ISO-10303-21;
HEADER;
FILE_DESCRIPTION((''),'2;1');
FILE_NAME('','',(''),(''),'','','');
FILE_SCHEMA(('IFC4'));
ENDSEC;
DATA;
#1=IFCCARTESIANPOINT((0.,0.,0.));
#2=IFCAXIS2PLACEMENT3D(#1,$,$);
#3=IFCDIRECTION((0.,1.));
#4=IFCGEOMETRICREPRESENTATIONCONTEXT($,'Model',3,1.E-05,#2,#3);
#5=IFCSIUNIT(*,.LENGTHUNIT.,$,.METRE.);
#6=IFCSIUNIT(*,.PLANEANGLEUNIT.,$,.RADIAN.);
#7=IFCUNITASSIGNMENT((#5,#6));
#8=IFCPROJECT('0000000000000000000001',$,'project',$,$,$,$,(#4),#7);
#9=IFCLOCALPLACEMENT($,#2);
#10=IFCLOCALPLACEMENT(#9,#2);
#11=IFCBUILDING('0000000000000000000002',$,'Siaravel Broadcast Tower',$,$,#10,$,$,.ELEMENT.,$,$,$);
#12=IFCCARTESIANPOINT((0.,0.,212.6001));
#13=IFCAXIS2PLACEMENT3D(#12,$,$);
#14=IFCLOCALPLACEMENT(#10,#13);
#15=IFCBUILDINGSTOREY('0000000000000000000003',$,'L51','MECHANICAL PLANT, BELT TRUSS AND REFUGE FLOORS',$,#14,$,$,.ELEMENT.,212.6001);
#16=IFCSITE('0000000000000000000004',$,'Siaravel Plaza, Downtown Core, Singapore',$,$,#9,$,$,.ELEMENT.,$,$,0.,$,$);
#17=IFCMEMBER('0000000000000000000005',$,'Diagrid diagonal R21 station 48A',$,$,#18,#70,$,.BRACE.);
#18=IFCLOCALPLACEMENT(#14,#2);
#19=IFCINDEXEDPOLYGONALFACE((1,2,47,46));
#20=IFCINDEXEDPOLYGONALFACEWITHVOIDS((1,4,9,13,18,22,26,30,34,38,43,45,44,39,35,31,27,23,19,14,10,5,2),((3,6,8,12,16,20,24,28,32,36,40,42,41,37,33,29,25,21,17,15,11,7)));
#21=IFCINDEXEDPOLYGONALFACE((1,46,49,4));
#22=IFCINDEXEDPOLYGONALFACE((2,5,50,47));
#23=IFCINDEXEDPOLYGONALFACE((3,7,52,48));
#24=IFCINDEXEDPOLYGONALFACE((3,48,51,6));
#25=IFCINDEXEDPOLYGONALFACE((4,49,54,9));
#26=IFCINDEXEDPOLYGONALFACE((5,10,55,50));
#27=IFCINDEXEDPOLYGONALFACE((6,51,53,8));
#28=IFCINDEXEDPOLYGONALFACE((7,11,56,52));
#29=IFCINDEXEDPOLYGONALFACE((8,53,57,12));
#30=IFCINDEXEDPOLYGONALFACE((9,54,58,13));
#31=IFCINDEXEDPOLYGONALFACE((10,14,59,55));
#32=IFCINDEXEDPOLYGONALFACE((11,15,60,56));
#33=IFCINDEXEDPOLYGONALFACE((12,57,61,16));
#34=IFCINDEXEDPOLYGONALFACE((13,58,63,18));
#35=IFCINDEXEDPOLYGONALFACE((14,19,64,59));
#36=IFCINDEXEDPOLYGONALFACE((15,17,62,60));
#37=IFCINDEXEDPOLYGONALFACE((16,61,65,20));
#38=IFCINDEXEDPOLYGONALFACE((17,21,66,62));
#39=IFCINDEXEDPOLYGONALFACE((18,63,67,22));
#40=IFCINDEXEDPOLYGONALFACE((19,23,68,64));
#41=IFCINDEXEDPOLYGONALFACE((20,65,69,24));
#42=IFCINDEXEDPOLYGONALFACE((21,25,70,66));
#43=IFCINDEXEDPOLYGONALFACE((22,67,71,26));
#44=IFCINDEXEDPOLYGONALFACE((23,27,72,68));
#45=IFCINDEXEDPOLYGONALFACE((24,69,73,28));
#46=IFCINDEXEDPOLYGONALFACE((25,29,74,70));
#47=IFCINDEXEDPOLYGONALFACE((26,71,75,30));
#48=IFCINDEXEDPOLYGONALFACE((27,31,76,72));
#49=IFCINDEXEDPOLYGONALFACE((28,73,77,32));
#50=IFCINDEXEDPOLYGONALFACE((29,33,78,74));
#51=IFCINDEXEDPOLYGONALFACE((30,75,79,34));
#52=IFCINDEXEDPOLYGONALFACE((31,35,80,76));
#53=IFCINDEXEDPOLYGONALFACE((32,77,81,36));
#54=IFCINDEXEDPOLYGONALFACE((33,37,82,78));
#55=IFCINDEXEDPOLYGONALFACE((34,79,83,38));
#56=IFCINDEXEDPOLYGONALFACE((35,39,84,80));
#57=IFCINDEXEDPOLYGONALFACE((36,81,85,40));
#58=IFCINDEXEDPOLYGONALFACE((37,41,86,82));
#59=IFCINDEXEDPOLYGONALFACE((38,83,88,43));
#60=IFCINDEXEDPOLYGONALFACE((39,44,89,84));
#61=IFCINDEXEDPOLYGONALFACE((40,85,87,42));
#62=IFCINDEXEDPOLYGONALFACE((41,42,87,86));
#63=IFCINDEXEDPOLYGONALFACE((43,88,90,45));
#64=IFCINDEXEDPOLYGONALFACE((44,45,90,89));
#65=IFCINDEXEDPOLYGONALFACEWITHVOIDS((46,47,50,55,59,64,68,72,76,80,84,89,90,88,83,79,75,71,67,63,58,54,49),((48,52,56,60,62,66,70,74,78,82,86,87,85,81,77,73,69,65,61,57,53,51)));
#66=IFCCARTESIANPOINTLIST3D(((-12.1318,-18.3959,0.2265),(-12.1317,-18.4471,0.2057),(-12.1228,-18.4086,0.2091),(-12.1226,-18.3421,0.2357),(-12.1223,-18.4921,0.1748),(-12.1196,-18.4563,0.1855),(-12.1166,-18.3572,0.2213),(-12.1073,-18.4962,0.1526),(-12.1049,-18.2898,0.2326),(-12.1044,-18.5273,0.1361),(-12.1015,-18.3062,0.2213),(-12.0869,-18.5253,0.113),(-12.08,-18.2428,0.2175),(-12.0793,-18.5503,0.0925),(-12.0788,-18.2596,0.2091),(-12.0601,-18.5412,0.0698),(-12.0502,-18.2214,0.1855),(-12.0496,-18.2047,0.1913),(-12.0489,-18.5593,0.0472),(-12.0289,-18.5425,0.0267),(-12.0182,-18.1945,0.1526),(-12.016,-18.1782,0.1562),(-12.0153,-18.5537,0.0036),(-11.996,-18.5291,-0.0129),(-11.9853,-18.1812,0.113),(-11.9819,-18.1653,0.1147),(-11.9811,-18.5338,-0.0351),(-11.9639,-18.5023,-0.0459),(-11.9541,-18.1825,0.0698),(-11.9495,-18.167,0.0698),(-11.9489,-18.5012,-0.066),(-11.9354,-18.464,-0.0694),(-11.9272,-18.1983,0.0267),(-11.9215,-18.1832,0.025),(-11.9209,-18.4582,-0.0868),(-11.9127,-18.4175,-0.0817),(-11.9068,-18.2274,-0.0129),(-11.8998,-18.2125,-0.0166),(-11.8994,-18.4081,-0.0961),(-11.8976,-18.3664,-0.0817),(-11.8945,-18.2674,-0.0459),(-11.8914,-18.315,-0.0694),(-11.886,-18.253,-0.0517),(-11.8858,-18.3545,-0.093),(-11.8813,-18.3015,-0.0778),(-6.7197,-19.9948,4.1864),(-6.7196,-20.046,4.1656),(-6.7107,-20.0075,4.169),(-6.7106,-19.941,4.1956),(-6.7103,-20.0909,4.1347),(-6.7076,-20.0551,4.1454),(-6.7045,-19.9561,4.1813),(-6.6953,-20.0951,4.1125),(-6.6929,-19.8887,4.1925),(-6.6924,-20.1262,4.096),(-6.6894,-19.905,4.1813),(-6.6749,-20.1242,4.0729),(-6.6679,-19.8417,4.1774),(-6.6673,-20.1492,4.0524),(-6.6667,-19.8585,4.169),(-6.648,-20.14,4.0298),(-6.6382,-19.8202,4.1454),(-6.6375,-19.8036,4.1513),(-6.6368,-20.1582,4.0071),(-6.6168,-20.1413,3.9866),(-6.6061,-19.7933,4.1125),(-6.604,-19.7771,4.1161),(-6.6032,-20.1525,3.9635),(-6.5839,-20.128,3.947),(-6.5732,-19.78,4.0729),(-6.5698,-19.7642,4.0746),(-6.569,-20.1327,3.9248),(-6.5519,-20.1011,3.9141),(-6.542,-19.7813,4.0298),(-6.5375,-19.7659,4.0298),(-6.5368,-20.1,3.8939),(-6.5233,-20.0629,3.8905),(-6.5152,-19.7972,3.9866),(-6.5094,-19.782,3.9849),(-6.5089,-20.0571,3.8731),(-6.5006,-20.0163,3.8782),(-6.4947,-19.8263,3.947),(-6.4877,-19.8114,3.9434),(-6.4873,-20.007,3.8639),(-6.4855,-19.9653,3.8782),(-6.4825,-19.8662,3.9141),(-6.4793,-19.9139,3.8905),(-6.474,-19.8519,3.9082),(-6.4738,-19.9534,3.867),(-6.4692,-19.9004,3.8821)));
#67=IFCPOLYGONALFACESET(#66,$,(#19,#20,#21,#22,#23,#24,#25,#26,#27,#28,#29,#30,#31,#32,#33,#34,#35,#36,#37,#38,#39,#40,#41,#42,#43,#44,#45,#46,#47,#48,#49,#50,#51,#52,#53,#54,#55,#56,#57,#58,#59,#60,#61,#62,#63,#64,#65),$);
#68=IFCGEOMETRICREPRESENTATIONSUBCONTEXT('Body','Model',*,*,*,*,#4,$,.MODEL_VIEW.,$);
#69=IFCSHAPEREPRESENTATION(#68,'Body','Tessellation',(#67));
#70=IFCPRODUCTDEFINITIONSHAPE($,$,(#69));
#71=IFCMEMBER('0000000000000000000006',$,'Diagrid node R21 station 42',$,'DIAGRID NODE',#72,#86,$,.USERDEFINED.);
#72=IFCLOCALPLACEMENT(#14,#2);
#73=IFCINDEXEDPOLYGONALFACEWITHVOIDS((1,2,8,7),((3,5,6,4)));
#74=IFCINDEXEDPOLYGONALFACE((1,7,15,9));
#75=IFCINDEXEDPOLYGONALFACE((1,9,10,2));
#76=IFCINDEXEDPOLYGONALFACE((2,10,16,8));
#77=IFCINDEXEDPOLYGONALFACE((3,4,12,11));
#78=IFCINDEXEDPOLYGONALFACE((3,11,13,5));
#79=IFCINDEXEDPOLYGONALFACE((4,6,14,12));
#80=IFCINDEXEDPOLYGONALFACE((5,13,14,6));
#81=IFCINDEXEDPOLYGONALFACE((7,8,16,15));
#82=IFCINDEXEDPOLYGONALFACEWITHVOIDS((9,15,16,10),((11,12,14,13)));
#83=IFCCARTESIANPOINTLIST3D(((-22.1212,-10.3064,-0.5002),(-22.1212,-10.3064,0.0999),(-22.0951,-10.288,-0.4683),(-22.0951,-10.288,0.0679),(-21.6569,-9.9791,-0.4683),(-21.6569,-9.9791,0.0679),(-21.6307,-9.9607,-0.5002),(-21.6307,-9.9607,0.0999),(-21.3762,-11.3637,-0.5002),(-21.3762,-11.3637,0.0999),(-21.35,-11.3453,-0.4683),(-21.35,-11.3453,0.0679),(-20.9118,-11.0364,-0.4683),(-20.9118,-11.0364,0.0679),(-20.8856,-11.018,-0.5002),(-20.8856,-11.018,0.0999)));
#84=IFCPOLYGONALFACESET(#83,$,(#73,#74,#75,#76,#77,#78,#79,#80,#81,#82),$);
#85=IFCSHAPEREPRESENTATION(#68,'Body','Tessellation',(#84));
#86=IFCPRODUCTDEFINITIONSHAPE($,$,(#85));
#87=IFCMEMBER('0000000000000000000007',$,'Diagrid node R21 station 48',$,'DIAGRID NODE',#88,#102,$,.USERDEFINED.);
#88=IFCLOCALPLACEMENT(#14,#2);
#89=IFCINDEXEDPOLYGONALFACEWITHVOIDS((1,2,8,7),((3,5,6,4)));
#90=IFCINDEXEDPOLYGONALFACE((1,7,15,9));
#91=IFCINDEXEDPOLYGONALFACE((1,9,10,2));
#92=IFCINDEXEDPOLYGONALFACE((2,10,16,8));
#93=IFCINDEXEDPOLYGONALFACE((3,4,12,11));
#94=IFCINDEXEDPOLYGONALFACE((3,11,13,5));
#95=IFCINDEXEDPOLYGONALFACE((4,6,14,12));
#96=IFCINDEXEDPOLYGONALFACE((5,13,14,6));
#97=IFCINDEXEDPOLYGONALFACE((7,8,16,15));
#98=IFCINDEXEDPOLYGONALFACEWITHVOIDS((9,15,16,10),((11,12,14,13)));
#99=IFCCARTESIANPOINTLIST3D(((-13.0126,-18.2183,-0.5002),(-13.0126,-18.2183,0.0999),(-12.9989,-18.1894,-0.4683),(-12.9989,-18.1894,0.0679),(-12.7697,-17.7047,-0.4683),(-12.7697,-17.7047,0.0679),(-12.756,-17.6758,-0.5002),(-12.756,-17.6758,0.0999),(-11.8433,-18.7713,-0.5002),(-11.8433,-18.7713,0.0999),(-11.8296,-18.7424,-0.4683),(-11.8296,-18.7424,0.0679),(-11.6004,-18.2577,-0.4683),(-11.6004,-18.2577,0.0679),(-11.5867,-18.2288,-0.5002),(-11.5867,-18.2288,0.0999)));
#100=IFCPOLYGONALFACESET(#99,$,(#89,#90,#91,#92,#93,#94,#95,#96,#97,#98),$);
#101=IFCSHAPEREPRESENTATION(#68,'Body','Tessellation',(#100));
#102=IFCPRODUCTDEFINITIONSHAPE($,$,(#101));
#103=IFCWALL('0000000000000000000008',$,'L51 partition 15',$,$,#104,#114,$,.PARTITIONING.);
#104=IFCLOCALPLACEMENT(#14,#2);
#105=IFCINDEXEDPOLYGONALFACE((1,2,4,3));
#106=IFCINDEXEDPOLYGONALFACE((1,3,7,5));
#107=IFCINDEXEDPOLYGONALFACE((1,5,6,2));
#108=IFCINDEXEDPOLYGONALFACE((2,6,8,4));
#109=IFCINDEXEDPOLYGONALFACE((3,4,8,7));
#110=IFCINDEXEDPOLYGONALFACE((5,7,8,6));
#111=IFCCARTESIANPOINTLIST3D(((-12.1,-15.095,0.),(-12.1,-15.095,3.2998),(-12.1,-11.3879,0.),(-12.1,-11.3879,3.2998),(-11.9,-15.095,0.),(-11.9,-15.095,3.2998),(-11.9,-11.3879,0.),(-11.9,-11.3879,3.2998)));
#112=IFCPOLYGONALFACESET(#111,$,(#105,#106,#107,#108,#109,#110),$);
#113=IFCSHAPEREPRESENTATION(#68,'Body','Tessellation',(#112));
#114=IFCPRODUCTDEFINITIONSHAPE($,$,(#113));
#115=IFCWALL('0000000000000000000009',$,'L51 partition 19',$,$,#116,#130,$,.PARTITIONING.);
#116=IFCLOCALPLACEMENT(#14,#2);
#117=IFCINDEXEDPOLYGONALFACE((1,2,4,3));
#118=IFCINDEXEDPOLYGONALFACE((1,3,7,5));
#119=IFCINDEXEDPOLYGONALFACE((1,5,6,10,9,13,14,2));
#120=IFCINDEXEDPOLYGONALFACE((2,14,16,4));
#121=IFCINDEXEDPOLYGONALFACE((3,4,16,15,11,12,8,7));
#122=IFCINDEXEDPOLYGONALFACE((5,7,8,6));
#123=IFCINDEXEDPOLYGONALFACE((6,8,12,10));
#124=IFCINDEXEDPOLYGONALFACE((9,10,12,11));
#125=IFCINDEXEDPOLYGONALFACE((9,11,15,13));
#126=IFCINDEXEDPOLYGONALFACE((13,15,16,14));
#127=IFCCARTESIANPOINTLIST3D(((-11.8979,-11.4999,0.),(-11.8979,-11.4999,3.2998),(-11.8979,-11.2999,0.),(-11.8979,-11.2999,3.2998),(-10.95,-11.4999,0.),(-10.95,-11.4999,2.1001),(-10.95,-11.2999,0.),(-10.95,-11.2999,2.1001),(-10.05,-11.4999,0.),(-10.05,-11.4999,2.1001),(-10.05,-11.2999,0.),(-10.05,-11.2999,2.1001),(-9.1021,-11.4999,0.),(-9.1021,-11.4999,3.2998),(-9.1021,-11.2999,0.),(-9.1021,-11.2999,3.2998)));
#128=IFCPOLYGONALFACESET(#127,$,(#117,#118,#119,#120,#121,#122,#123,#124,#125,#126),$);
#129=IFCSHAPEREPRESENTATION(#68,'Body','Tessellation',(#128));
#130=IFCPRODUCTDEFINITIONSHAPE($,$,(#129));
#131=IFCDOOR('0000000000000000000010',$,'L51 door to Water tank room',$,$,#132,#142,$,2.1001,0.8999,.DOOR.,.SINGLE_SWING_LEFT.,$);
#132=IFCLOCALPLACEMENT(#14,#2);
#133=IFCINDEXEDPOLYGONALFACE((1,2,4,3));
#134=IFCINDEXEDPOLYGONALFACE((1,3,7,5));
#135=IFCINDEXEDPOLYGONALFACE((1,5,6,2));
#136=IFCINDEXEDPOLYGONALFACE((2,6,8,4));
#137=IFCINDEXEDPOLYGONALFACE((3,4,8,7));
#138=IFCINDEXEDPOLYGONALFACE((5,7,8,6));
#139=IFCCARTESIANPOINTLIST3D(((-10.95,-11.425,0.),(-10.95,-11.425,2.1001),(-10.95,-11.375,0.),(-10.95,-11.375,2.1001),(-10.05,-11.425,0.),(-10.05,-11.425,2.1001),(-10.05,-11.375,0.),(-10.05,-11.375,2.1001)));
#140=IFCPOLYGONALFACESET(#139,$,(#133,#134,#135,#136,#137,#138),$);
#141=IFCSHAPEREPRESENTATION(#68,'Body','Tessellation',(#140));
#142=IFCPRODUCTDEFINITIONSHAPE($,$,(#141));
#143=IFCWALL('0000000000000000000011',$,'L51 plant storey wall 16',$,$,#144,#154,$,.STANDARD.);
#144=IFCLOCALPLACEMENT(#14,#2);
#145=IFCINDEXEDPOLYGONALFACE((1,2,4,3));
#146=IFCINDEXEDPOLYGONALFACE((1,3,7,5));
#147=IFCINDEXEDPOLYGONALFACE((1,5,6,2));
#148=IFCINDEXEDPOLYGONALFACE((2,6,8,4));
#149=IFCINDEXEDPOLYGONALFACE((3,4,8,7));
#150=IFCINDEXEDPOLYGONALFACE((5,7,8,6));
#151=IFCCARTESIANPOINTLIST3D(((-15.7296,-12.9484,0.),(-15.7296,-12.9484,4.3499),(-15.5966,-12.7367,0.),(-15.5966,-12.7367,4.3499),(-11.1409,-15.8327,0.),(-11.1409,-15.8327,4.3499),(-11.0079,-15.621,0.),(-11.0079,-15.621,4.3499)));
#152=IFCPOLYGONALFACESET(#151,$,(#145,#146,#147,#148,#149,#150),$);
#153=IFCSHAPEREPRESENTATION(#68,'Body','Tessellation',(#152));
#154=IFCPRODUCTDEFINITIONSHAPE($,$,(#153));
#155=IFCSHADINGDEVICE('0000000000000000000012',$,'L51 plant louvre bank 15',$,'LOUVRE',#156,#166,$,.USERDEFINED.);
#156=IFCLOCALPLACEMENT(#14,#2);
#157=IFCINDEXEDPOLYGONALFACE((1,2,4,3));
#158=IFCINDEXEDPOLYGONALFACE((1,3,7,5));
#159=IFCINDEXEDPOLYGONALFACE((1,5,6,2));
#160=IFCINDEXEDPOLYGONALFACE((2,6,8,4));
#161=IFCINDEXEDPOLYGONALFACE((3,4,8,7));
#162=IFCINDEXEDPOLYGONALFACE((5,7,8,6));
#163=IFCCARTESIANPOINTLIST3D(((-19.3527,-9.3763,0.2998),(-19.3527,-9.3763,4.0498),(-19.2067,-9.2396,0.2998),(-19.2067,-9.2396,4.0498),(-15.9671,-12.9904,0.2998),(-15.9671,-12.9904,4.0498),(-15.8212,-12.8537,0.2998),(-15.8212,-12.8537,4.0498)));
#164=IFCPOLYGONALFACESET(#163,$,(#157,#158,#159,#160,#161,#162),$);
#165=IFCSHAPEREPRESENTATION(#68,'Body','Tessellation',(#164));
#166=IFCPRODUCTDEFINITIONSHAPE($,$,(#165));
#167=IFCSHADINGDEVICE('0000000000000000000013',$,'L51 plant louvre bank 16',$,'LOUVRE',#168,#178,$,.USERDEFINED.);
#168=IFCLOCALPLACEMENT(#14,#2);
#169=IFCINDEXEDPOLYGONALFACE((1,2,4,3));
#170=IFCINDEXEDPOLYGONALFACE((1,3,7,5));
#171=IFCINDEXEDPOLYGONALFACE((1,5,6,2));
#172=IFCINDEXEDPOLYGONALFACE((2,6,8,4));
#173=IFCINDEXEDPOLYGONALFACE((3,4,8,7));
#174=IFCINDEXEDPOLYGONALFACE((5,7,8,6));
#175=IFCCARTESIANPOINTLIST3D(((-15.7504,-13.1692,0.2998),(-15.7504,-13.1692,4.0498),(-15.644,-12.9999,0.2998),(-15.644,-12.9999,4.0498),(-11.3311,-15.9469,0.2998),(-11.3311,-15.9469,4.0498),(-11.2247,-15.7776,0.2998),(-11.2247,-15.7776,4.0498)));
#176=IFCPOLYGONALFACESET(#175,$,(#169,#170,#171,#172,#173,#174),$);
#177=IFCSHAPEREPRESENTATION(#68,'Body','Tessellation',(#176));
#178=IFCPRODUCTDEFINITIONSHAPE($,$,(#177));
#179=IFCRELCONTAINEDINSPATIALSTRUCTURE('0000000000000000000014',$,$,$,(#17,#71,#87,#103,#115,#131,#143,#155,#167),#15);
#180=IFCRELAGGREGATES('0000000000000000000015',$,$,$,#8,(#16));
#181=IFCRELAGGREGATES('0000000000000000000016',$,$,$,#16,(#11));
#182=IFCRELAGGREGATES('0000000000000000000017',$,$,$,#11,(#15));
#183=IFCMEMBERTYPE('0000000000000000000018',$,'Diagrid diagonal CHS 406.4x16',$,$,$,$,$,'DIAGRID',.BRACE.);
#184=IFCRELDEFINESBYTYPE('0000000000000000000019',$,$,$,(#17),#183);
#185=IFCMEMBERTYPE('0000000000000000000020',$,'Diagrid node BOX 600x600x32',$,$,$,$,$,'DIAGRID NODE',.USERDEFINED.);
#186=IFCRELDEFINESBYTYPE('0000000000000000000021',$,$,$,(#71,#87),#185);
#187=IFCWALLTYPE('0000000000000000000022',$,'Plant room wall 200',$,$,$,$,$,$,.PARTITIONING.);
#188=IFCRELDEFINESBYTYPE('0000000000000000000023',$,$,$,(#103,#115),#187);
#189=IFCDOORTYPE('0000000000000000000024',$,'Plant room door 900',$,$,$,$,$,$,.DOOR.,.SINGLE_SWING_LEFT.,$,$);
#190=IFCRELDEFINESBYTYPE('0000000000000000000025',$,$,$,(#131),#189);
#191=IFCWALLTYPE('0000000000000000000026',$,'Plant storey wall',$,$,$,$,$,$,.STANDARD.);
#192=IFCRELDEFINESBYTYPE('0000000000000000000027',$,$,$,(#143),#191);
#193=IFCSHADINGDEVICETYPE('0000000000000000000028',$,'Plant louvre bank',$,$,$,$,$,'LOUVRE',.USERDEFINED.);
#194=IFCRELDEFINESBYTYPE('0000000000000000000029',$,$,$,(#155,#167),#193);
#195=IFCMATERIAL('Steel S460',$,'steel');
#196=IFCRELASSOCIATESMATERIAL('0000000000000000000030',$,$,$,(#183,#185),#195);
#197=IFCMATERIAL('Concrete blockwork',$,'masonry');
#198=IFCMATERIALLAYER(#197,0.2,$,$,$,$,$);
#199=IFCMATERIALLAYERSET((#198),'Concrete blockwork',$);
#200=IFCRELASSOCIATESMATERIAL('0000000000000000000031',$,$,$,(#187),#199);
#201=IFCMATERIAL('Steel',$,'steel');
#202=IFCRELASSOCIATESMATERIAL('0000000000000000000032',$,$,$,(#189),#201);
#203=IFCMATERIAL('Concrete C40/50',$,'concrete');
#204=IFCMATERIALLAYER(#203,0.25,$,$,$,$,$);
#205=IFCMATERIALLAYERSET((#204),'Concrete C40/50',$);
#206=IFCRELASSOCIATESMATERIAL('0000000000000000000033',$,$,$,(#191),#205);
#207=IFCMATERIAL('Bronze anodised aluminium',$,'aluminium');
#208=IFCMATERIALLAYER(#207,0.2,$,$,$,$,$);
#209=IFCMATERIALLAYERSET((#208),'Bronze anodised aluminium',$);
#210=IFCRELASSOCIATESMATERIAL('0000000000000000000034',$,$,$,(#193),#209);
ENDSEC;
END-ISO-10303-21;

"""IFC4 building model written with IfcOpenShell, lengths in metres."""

from ifc_helpers import new_model, si_unit, direction, frame, frame_2d, origin, origin_2d, place, context, subcontext, project, spatial, rectangle, hollow_rectangle, hollow_circle, extrude, material, layer, layer_set, material_profile, profile_set, type_object, element, fill, save


model = new_model("IFC4")

# Units and contexts
model_context = context("Model", 3, precision=1e-05, world=origin(), true_north=direction((0.0, 1.0)))
body_context = subcontext(model_context, "Body", "Model", "MODEL_VIEW")
ifc_project = project(units=[si_unit("LENGTHUNIT", "METRE"), si_unit("PLANEANGLEUNIT", "RADIAN")], contexts=[model_context])

# Site, building, storey
site_placement = place(None, origin())
site = spatial("IfcSite", under=ifc_project, at=site_placement, Name="Siaravel Plaza, Downtown Core, Singapore", CompositionType="ELEMENT", RefElevation=0.0)
building_placement = place(site_placement, origin())
building = spatial("IfcBuilding", under=site, at=building_placement, Name="Siaravel Broadcast Tower", CompositionType="ELEMENT")
storey_placement = place(building_placement, frame((0.0, 0.0, 212.6001)))
storey = spatial("IfcBuildingStorey", under=building, at=storey_placement, Name="L51", Description="MECHANICAL PLANT, BELT TRUSS AND REFUGE FLOORS", CompositionType="ELEMENT", Elevation=212.6001)

# Shared definitions
ifc_material_1 = material(Name="Steel S460", Category="steel")

# Members
ifc_material_profile_1 = material_profile(ifc_material_1, hollow_circle(Radius=0.2031, WallThickness=0.0161, at=origin_2d()))
ifc_profile_set_1 = profile_set([ifc_material_profile_1], Name="Steel S460")
member_type_1 = type_object("IfcMemberType", Name="Diagrid diagonal CHS 406.4x16", ElementType="DIAGRID", PredefinedType="BRACE", material=ifc_profile_set_1)
member_1_placement = place(storey_placement, frame((-12.0071, -18.3618, 0.0698), z_axis=(0.785035, -0.23192, 0.574398), x_axis=(0.283321, 0.959025, 0.0)))
element("IfcMember", 1, at=member_1_placement, inside=storey, type_object=member_type_1, Name="Diagrid diagonal R21 station 48A", PredefinedType="BRACE", context=body_context, shape_type="SweptSolid", body=[
    extrude(hollow_circle(Radius=0.2031, WallThickness=0.0161, at=origin_2d()), origin(), (0.0, 0.0, 1.0), 6.894),
])
ifc_material_profile_2 = material_profile(ifc_material_1, hollow_rectangle(XDim=0.6001, YDim=0.6001, WallThickness=0.032, at=origin_2d()))
ifc_profile_set_2 = profile_set([ifc_material_profile_2], Name="Steel S460")
member_type_2 = type_object("IfcMemberType", Name="Diagrid node BOX 600x600x32", ElementType="DIAGRID NODE", PredefinedType="USERDEFINED", material=ifc_profile_set_2)
for number, where, z_axis, x_axis, name in (
    (2, (-21.876, -10.1335, -0.2002), (0.576031, -0.817428, 0.0), (0.817428, 0.576031, 0.0), "Diagrid node R21 station 42"),
    (3, (-12.8843, -17.947, -0.2002), (0.903991, -0.427551, 0.0), (0.427551, 0.903991, 0.0), "Diagrid node R21 station 48"),
):
    element("IfcMember", number, at=place(storey_placement, frame(where, z_axis=z_axis, x_axis=x_axis)), inside=storey, type_object=member_type_2, Name=name, ObjectType="DIAGRID NODE", PredefinedType="USERDEFINED", context=body_context, shape_type="SweptSolid", body=[
        extrude(hollow_rectangle(XDim=0.6001, YDim=0.6001, WallThickness=0.032, at=origin_2d()), origin(), (0.0, 0.0, 1.0), 1.2935),
    ])

# Wall
ifc_material_2 = material(Name="Concrete blockwork", Category="masonry")
ifc_layer_1 = layer(ifc_material_2, 0.2)
ifc_layer_set_1 = layer_set([ifc_layer_1], Name="Concrete blockwork")
wall_type_1 = type_object("IfcWallType", Name="Plant room wall 200", PredefinedType="PARTITIONING", material=ifc_layer_set_1)
wall_1_placement = place(storey_placement, frame((-12.0, -11.3879, 0.0), z_axis=(0.0, 0.0, 1.0), x_axis=(0.0, -1.0, 0.0)))
element("IfcWall", 4, at=wall_1_placement, inside=storey, type_object=wall_type_1, Name="L51 partition 15", PredefinedType="PARTITIONING", context=body_context, shape_type="SweptSolid", body=[
    extrude(rectangle(XDim=3.707, YDim=0.2, at=frame_2d((1.8535, 0.0))), origin(), (0.0, 0.0, 1.0), 3.2998),
])

# Wall, opening, door
wall_2_placement = place(storey_placement, frame((-11.8979, -11.3999, 0.0), z_axis=(0.0, 0.0, 1.0), x_axis=(1.0, 0.0, 0.0)))
wall_2 = element("IfcWall", 5, at=wall_2_placement, inside=storey, type_object=wall_type_1, Name="L51 partition 19", PredefinedType="PARTITIONING", context=body_context, shape_type="SweptSolid", body=[
    extrude(rectangle(XDim=2.7959, YDim=0.2, at=frame_2d((1.3979, 0.0))), origin(), (0.0, 0.0, 1.0), 3.2998),
])
opening_placement = place(wall_2_placement, frame((0.948, 0.0, 0.0)))
opening = element("IfcOpeningElement", 6, at=opening_placement, cuts=wall_2, PredefinedType="OPENING", context=body_context, shape_type="SweptSolid", body=[
    extrude(rectangle(XDim=0.8999, YDim=2.1001, at=frame_2d((0.45, 1.05))), frame((0.0, 0.1099, 0.0), z_axis=(0.0, -1.0, 0.0), x_axis=(1.0, 0.0, 0.0)), (0.0, 0.0, 1.0), 0.22),
])
ifc_material_3 = material(Name="Steel", Category="steel")
door_type = type_object("IfcDoorType", Name="Plant room door 900", OperationType="SINGLE_SWING_LEFT", PredefinedType="DOOR", material=ifc_material_3)
door_placement = place(opening_placement, origin())
door = element("IfcDoor", 7, at=door_placement, inside=storey, type_object=door_type, Name="L51 door to Water tank room", OperationType="SINGLE_SWING_LEFT", OverallHeight=2.1001, OverallWidth=0.8999, PredefinedType="DOOR", context=body_context, shape_type="SweptSolid", body=[
    extrude(rectangle(XDim=0.8999, YDim=2.1001, at=frame_2d((0.45, 1.05))), frame((0.0, 0.0249, 0.0), z_axis=(0.0, -1.0, 0.0), x_axis=(1.0, 0.0, 0.0)), (0.0, 0.0, 1.0), 0.05),
])
fill(opening, door)

# Wall
ifc_material_4 = material(Name="Concrete C40/50", Category="concrete")
ifc_layer_2 = layer(ifc_material_4, 0.25)
ifc_layer_set_2 = layer_set([ifc_layer_2], Name="Concrete C40/50")
wall_type_2 = type_object("IfcWallType", Name="Plant storey wall", PredefinedType="STANDARD", material=ifc_layer_set_2)
wall_3_placement = place(storey_placement, frame((-15.6631, -12.8425, 0.0), z_axis=(0.0, 0.0, 1.0), x_axis=(0.846637, -0.532172, 0.0)))
element("IfcWall", 8, at=wall_3_placement, inside=storey, type_object=wall_type_2, Name="L51 plant storey wall 16", PredefinedType="STANDARD", context=body_context, shape_type="SweptSolid", body=[
    extrude(rectangle(XDim=5.4199, YDim=0.25, at=frame_2d((2.71, 0.0))), origin(), (0.0, 0.0, 1.0), 4.3499),
])

# Shading devices
ifc_material_5 = material(Name="Bronze anodised aluminium", Category="aluminium")
ifc_layer_3 = layer(ifc_material_5, 0.2)
ifc_layer_set_3 = layer_set([ifc_layer_3], Name="Bronze anodised aluminium")
shading_device_type = type_object("IfcShadingDeviceType", Name="Plant louvre bank", ElementType="LOUVRE", PredefinedType="USERDEFINED", material=ifc_layer_set_3)
shading_device_1_placement = place(storey_placement, frame((-17.5869, -11.115, 0.2998), z_axis=(0.0, 0.0, 1.0), x_axis=(0.683656, -0.729804, 0.0)))
element("IfcShadingDevice", 9, at=shading_device_1_placement, inside=storey, type_object=shading_device_type, Name="L51 plant louvre bank 15", ObjectType="LOUVRE", PredefinedType="USERDEFINED", context=body_context, shape_type="SweptSolid", body=[
    extrude(rectangle(XDim=4.9521, YDim=0.2, at=origin_2d()), origin(), (0.0, 0.0, 1.0), 3.75),
])
shading_device_2_placement = place(storey_placement, frame((-13.4875, -14.4734, 0.2998), z_axis=(0.0, 0.0, 1.0), x_axis=(0.84665, -0.532149, 0.0)))
element("IfcShadingDevice", 10, at=shading_device_2_placement, inside=storey, type_object=shading_device_type, Name="L51 plant louvre bank 16", ObjectType="LOUVRE", PredefinedType="USERDEFINED", context=body_context, shape_type="SweptSolid", body=[
    extrude(rectangle(XDim=5.2197, YDim=0.2, at=origin_2d()), origin(), (0.0, 0.0, 1.0), 3.75),
])

save(model, "model.ifc")
